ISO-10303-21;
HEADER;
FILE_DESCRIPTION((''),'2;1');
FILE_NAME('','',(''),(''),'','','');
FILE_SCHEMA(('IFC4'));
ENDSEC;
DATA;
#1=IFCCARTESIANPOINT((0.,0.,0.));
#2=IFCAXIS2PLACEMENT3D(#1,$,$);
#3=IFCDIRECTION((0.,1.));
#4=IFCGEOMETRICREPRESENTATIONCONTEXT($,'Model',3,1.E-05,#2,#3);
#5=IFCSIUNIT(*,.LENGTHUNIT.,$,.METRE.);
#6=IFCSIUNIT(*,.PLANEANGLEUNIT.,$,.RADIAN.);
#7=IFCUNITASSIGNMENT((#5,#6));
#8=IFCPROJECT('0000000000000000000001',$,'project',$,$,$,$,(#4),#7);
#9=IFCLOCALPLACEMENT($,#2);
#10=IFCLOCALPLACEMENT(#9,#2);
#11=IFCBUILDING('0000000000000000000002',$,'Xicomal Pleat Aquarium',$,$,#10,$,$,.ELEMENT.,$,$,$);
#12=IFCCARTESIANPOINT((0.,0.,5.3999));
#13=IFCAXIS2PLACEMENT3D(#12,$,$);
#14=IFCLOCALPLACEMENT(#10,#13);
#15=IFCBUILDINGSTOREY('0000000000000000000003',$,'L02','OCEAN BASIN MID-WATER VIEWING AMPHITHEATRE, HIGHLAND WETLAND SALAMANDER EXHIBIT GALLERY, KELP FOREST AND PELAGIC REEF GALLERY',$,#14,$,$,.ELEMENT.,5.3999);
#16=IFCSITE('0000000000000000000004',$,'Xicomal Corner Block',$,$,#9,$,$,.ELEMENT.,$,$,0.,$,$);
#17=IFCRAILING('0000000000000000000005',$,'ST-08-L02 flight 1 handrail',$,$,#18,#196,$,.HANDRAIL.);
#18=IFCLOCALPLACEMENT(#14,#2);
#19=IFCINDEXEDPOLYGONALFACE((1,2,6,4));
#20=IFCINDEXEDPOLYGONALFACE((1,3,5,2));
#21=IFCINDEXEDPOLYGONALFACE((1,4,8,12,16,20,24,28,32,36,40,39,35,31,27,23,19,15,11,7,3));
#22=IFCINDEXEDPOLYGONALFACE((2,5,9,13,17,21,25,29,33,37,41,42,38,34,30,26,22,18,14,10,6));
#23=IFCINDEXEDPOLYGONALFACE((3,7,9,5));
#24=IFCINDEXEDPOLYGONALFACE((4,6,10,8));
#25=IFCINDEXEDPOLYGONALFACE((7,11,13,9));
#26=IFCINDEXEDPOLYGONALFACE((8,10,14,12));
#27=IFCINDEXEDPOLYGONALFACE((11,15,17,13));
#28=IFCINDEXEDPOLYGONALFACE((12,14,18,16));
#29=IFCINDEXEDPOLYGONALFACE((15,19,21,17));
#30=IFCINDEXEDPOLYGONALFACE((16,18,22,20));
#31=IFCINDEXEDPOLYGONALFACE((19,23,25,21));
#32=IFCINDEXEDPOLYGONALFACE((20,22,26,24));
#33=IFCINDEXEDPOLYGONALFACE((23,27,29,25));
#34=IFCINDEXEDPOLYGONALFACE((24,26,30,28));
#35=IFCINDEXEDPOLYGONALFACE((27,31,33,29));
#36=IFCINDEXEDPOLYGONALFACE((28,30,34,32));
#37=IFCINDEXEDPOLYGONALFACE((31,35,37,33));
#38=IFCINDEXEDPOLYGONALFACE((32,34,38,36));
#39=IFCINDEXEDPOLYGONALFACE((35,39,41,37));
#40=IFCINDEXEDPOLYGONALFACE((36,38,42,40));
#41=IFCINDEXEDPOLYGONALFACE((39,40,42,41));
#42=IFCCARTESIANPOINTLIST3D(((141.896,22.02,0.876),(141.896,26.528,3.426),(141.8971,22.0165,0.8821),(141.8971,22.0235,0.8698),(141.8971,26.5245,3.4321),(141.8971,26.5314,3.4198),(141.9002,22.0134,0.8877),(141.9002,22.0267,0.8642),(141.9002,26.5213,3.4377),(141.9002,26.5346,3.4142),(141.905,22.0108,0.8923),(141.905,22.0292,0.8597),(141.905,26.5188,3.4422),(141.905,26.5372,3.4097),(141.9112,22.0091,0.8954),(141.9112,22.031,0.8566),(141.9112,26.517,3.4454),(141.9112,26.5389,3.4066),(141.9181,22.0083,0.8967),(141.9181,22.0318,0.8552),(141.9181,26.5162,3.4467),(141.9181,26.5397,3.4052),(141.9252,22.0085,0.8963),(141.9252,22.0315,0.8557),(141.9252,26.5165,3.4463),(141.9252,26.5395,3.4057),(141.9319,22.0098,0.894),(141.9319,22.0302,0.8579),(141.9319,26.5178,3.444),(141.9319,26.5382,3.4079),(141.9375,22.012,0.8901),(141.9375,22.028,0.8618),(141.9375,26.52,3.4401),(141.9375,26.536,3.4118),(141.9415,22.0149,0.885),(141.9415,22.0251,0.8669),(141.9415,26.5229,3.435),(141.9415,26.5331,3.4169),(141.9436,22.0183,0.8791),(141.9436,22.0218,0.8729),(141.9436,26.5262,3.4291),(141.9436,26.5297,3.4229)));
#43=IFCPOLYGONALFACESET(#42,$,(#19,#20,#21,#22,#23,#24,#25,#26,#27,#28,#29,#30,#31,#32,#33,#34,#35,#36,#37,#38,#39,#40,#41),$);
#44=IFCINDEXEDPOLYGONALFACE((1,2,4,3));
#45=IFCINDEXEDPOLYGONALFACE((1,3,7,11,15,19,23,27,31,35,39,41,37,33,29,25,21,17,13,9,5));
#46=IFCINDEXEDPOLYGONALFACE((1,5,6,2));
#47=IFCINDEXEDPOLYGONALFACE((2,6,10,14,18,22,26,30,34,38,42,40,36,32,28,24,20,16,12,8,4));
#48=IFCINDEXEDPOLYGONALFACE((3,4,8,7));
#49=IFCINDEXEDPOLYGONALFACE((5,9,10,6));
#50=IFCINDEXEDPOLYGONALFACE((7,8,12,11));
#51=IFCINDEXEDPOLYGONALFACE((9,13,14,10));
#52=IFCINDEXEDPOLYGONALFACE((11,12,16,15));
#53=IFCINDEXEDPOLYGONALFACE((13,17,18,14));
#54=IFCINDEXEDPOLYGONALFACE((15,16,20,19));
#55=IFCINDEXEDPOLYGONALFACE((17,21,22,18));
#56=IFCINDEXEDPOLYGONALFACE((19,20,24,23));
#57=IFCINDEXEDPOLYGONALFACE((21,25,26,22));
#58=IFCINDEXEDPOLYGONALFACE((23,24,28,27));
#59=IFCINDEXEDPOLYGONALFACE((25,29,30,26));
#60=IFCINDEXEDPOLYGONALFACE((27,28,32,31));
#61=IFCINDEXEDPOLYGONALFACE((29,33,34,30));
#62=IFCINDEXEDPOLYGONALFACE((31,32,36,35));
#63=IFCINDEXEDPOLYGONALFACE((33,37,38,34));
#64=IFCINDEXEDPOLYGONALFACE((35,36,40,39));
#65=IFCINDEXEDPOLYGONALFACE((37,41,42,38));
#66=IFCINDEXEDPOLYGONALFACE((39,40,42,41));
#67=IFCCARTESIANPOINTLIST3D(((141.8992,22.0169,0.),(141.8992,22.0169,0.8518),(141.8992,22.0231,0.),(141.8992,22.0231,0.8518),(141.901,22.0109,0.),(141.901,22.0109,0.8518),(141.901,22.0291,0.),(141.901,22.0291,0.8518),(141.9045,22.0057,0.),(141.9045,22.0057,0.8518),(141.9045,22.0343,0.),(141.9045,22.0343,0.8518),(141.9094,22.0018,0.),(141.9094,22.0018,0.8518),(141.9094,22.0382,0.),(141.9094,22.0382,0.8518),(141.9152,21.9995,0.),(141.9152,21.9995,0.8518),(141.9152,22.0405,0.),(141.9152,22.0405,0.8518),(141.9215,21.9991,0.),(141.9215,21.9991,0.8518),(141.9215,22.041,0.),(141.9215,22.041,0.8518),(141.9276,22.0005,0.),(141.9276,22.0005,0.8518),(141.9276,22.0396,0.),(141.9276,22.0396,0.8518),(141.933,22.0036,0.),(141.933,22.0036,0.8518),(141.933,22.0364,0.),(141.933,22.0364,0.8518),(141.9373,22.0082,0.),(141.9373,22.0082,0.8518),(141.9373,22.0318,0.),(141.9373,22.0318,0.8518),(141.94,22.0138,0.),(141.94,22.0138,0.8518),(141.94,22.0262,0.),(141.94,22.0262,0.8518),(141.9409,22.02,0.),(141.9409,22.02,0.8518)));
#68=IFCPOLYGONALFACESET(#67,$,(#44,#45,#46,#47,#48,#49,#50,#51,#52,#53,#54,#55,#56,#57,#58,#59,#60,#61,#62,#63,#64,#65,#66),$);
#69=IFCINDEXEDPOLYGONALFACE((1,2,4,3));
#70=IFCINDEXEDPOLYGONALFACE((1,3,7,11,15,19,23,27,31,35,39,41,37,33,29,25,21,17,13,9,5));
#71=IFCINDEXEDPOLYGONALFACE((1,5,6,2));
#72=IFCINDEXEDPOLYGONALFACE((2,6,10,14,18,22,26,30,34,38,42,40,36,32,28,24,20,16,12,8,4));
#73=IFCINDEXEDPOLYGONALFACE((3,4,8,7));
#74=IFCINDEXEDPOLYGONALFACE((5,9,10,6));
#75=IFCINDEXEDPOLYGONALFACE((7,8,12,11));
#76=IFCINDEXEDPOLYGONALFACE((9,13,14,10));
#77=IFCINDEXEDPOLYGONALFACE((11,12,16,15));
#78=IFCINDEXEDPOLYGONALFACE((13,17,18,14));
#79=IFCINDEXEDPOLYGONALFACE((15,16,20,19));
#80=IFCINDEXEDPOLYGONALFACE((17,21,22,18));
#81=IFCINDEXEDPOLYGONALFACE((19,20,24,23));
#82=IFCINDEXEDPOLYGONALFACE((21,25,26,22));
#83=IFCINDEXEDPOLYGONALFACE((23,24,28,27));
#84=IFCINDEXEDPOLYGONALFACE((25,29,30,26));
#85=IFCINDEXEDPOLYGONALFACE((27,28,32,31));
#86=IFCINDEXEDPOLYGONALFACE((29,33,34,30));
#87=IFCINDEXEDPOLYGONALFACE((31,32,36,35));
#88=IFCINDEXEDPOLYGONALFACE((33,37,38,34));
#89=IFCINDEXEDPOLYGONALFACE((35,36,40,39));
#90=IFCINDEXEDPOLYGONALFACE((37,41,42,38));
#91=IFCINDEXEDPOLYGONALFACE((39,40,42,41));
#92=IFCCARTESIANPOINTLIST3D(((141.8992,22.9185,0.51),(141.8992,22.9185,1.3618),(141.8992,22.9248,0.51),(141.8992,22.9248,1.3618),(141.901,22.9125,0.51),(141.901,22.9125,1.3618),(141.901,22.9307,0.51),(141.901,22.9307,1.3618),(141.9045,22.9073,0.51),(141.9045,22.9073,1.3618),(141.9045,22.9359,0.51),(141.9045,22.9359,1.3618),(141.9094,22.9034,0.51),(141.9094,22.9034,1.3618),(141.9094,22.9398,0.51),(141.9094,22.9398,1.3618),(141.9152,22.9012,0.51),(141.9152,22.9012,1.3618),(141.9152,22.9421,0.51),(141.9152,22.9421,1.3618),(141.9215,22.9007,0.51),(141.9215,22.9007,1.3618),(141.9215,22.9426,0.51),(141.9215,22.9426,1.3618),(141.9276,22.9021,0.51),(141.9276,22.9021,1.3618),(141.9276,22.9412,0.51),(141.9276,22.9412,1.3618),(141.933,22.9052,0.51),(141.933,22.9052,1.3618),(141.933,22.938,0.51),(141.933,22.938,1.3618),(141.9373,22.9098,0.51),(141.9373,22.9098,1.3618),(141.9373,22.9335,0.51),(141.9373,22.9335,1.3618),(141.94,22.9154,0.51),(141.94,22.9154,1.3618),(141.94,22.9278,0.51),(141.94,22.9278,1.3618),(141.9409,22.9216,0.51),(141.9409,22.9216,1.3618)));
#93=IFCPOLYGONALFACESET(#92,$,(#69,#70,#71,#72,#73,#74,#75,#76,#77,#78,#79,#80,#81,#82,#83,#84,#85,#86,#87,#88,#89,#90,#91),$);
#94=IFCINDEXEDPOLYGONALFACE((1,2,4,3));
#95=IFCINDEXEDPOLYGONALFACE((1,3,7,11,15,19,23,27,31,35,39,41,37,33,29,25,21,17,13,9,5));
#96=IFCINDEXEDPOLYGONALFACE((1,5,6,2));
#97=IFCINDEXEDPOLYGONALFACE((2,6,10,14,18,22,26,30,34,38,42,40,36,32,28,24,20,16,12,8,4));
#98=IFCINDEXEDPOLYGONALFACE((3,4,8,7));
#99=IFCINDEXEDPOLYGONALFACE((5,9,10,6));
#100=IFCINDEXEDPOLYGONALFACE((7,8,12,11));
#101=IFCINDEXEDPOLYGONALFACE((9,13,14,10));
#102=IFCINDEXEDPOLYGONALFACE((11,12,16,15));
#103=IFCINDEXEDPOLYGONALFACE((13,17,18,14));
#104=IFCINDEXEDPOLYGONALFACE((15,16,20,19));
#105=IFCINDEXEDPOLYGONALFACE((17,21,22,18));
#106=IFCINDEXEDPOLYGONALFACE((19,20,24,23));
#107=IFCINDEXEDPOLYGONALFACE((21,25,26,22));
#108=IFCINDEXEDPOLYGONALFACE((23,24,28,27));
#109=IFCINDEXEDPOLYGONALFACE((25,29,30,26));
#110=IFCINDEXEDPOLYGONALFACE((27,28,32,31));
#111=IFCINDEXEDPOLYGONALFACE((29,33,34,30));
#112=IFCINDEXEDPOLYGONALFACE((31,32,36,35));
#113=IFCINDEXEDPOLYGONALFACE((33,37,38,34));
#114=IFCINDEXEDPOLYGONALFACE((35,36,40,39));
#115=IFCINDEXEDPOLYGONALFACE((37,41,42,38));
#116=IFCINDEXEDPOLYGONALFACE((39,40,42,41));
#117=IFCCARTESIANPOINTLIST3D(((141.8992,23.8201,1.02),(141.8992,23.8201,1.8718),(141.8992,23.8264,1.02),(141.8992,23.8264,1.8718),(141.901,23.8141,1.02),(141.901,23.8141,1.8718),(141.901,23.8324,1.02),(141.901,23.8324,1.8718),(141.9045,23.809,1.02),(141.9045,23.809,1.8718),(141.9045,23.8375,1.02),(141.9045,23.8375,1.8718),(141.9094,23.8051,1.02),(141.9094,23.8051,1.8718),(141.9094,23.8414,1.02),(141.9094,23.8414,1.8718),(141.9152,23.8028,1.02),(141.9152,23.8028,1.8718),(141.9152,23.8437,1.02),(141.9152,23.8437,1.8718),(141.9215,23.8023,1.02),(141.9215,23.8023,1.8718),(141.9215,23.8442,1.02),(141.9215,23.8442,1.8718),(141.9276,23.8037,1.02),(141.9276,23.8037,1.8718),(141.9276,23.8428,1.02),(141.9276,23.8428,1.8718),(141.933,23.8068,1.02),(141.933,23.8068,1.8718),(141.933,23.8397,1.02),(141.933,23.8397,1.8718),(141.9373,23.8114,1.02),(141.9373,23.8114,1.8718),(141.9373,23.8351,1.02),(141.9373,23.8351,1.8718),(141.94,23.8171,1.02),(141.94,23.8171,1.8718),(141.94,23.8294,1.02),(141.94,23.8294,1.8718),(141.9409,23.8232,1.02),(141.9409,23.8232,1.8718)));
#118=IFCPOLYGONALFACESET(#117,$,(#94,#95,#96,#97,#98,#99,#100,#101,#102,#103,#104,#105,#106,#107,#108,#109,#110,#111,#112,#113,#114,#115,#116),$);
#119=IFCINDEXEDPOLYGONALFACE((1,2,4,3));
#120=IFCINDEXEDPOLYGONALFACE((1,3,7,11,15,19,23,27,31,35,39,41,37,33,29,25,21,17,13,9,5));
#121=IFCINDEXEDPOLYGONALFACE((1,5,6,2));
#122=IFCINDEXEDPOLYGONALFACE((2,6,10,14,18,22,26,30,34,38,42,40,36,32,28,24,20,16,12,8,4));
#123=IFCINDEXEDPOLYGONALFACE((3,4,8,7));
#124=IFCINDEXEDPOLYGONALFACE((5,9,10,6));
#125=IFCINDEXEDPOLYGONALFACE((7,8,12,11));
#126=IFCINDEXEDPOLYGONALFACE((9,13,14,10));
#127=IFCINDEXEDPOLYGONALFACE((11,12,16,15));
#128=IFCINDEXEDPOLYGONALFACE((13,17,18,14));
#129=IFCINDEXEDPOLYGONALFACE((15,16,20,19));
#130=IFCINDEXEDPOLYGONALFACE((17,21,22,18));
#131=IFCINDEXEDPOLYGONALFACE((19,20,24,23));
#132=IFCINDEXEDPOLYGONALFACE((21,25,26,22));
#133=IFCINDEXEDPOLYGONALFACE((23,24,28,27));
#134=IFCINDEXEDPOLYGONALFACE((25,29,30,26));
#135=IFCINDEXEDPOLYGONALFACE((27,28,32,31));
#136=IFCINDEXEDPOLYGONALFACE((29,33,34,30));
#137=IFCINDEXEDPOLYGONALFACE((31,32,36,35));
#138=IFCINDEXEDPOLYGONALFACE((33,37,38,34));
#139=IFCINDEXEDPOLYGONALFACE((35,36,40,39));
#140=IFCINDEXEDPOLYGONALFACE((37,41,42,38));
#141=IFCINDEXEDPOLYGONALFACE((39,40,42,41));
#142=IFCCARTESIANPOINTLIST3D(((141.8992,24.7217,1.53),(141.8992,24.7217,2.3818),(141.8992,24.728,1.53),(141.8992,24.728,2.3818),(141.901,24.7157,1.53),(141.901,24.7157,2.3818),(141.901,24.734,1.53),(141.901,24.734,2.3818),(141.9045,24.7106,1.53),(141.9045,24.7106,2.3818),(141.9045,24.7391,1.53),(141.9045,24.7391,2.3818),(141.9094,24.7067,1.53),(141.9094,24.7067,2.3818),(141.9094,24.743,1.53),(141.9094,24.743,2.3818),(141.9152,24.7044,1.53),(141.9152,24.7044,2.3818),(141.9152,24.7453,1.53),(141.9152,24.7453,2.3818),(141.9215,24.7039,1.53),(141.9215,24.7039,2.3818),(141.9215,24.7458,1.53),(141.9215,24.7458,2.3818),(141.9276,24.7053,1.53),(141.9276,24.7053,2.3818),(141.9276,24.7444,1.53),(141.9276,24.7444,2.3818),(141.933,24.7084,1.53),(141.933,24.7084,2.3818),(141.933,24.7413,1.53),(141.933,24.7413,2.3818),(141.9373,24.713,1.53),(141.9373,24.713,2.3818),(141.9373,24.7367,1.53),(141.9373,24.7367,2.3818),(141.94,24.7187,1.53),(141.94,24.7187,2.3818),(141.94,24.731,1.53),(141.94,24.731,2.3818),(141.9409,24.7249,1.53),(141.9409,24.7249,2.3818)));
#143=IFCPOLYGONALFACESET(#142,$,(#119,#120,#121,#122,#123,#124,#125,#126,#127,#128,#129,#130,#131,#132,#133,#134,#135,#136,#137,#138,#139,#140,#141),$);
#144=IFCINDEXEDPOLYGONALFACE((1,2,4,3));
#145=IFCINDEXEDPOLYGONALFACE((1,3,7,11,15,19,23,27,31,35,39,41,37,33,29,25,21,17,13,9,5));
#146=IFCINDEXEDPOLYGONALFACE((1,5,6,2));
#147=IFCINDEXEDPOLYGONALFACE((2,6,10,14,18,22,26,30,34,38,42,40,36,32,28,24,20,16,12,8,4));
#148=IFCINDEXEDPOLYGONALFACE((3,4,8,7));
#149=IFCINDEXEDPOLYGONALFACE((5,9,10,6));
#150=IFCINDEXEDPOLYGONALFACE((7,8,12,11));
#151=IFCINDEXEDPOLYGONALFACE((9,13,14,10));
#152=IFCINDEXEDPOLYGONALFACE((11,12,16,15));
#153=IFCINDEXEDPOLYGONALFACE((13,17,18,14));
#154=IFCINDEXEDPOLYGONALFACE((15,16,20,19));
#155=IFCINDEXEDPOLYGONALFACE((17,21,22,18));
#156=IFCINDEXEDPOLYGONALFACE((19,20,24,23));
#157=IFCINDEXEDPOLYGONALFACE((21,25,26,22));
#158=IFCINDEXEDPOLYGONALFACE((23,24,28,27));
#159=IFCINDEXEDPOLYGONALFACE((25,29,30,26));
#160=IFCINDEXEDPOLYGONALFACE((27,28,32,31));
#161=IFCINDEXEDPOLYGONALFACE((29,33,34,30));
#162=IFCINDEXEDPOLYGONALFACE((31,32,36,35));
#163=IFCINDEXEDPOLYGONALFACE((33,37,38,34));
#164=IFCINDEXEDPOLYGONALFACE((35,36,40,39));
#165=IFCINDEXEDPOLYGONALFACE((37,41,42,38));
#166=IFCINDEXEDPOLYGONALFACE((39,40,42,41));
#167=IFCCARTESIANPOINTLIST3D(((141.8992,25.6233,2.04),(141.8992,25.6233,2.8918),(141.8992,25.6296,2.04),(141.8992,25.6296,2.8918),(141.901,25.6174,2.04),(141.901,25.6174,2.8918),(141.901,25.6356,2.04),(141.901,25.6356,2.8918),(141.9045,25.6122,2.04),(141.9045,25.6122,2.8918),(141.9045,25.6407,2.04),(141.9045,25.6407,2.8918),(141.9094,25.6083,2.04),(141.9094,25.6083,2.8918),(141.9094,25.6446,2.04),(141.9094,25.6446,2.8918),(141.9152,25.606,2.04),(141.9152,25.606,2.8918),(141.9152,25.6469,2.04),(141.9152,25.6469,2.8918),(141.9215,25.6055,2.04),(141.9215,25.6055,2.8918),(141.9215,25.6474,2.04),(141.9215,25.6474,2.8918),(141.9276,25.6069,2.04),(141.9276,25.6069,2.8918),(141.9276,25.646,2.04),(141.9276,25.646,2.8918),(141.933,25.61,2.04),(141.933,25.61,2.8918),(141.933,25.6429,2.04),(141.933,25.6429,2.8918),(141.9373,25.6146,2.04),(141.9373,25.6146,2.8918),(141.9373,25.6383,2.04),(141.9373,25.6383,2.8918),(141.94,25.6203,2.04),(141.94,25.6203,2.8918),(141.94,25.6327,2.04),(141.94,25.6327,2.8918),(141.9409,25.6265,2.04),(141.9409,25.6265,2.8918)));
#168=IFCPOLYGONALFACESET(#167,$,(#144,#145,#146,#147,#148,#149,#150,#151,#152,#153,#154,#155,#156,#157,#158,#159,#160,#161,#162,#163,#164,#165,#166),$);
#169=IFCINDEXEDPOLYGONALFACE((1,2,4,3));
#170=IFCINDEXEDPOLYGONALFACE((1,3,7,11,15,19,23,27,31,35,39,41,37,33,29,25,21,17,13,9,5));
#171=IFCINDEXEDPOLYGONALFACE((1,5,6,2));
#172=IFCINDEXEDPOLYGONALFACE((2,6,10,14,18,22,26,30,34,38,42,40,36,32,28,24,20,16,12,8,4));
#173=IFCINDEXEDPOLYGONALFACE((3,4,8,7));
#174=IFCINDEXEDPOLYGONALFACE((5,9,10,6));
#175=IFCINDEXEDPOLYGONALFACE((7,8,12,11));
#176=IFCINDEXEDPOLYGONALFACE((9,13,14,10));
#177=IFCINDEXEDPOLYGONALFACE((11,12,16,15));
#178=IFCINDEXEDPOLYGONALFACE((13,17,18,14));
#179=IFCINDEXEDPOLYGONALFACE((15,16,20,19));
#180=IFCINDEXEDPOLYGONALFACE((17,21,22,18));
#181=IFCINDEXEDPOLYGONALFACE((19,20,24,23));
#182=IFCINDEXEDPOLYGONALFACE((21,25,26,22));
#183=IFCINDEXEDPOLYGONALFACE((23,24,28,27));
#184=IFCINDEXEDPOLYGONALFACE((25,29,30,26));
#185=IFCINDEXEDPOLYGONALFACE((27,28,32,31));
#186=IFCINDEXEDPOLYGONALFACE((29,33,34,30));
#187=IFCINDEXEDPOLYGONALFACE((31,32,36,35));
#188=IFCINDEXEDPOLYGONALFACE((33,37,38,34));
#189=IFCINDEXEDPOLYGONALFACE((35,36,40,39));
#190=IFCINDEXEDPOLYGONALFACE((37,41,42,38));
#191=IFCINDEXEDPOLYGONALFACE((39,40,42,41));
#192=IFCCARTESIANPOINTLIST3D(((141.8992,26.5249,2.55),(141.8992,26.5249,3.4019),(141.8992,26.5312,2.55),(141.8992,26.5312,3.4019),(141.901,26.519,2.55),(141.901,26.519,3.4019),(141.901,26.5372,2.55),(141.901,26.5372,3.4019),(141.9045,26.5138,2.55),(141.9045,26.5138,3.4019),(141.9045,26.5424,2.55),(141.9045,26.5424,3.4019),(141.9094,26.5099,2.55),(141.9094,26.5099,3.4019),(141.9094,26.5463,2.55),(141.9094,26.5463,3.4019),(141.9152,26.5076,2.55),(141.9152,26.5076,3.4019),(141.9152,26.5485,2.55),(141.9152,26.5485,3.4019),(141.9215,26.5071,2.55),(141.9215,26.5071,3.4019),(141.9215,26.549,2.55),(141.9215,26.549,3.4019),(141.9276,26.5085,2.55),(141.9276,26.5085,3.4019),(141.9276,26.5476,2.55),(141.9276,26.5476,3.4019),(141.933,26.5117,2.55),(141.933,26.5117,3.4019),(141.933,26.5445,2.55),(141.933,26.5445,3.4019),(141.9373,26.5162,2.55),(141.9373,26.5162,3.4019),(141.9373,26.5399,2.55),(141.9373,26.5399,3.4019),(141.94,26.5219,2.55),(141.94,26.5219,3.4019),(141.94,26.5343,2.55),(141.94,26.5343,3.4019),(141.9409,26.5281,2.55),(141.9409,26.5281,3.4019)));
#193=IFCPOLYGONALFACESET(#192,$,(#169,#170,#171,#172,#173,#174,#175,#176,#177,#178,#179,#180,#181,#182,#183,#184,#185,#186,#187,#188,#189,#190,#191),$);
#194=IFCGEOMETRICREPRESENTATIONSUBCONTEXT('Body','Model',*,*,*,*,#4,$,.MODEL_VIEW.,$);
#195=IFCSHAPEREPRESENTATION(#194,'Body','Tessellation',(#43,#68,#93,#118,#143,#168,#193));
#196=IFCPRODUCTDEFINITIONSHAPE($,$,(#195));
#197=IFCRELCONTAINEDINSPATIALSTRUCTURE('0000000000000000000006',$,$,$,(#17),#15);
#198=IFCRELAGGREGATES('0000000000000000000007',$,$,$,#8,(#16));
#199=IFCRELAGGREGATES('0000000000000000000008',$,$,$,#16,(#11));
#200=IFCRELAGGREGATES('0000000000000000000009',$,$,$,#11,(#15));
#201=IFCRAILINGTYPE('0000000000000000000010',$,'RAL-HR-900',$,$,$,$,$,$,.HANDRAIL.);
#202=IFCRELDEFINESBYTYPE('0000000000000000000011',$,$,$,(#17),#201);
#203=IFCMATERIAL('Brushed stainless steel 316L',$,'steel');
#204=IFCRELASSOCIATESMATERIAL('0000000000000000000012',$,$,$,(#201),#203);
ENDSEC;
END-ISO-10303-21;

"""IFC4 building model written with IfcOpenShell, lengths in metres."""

from ifc_helpers import new_model, si_unit, direction, frame, origin, origin_2d, place, context, subcontext, project, spatial, circle, extrude, material, type_object, element, save


model = new_model("IFC4")

# Units and contexts
model_context = context("Model", 3, precision=1e-05, world=origin(), true_north=direction((0.0, 1.0)))
body_context = subcontext(model_context, "Body", "Model", "MODEL_VIEW")
ifc_project = project(units=[si_unit("LENGTHUNIT", "METRE"), si_unit("PLANEANGLEUNIT", "RADIAN")], contexts=[model_context])

# Site, building, storey
site_placement = place(None, origin())
site = spatial("IfcSite", under=ifc_project, at=site_placement, Name="Xicomal Corner Block", CompositionType="ELEMENT", RefElevation=0.0)
building_placement = place(site_placement, origin())
building = spatial("IfcBuilding", under=site, at=building_placement, Name="Xicomal Pleat Aquarium", CompositionType="ELEMENT")
storey_placement = place(building_placement, frame((0.0, 0.0, 5.3999)))
storey = spatial("IfcBuildingStorey", under=building, at=storey_placement, Name="L02", Description="OCEAN BASIN MID-WATER VIEWING AMPHITHEATRE, HIGHLAND WETLAND SALAMANDER EXHIBIT GALLERY, KELP FOREST AND PELAGIC REEF GALLERY", CompositionType="ELEMENT", Elevation=5.3999)

# Railing
ifc_material_1 = material(Name="Brushed stainless steel 316L", Category="steel")
railing_type_1 = type_object("IfcRailingType", Name="RAL-HR-900", PredefinedType="HANDRAIL", material=ifc_material_1)
railing_1_placement = place(storey_placement, frame((141.9199, 22.02, 0.0)))
element("IfcRailing", 1, at=railing_1_placement, inside=storey, type_object=railing_type_1, Name="ST-08-L02 flight 1 handrail", PredefinedType="HANDRAIL", context=body_context, shape_type="SweptSolid", body=[
    extrude(circle(Radius=0.0239, at=origin_2d()), frame((0.0, 0.0, 0.876), z_axis=(0.0, 0.870396, 0.492352), x_axis=(-1.0, 0.0, 0.0)), (0.0, 0.0, 1.0), 5.1792),
    extrude(circle(Radius=0.021, at=origin_2d()), origin(), (0.0, 0.0, 1.0), 0.8518),
    extrude(circle(Radius=0.021, at=origin_2d()), frame((0.0, 0.9016, 0.51)), (0.0, 0.0, 1.0), 0.8518),
    extrude(circle(Radius=0.021, at=origin_2d()), frame((0.0, 1.8032, 1.02)), (0.0, 0.0, 1.0), 0.8518),
    extrude(circle(Radius=0.021, at=origin_2d()), frame((0.0, 2.7048, 1.53)), (0.0, 0.0, 1.0), 0.8518),
    extrude(circle(Radius=0.021, at=origin_2d()), frame((0.0, 3.6064, 2.04)), (0.0, 0.0, 1.0), 0.8518),
    extrude(circle(Radius=0.021, at=origin_2d()), frame((0.0, 4.5081, 2.55)), (0.0, 0.0, 1.0), 0.8518),
])

save(model, "model.ifc")
